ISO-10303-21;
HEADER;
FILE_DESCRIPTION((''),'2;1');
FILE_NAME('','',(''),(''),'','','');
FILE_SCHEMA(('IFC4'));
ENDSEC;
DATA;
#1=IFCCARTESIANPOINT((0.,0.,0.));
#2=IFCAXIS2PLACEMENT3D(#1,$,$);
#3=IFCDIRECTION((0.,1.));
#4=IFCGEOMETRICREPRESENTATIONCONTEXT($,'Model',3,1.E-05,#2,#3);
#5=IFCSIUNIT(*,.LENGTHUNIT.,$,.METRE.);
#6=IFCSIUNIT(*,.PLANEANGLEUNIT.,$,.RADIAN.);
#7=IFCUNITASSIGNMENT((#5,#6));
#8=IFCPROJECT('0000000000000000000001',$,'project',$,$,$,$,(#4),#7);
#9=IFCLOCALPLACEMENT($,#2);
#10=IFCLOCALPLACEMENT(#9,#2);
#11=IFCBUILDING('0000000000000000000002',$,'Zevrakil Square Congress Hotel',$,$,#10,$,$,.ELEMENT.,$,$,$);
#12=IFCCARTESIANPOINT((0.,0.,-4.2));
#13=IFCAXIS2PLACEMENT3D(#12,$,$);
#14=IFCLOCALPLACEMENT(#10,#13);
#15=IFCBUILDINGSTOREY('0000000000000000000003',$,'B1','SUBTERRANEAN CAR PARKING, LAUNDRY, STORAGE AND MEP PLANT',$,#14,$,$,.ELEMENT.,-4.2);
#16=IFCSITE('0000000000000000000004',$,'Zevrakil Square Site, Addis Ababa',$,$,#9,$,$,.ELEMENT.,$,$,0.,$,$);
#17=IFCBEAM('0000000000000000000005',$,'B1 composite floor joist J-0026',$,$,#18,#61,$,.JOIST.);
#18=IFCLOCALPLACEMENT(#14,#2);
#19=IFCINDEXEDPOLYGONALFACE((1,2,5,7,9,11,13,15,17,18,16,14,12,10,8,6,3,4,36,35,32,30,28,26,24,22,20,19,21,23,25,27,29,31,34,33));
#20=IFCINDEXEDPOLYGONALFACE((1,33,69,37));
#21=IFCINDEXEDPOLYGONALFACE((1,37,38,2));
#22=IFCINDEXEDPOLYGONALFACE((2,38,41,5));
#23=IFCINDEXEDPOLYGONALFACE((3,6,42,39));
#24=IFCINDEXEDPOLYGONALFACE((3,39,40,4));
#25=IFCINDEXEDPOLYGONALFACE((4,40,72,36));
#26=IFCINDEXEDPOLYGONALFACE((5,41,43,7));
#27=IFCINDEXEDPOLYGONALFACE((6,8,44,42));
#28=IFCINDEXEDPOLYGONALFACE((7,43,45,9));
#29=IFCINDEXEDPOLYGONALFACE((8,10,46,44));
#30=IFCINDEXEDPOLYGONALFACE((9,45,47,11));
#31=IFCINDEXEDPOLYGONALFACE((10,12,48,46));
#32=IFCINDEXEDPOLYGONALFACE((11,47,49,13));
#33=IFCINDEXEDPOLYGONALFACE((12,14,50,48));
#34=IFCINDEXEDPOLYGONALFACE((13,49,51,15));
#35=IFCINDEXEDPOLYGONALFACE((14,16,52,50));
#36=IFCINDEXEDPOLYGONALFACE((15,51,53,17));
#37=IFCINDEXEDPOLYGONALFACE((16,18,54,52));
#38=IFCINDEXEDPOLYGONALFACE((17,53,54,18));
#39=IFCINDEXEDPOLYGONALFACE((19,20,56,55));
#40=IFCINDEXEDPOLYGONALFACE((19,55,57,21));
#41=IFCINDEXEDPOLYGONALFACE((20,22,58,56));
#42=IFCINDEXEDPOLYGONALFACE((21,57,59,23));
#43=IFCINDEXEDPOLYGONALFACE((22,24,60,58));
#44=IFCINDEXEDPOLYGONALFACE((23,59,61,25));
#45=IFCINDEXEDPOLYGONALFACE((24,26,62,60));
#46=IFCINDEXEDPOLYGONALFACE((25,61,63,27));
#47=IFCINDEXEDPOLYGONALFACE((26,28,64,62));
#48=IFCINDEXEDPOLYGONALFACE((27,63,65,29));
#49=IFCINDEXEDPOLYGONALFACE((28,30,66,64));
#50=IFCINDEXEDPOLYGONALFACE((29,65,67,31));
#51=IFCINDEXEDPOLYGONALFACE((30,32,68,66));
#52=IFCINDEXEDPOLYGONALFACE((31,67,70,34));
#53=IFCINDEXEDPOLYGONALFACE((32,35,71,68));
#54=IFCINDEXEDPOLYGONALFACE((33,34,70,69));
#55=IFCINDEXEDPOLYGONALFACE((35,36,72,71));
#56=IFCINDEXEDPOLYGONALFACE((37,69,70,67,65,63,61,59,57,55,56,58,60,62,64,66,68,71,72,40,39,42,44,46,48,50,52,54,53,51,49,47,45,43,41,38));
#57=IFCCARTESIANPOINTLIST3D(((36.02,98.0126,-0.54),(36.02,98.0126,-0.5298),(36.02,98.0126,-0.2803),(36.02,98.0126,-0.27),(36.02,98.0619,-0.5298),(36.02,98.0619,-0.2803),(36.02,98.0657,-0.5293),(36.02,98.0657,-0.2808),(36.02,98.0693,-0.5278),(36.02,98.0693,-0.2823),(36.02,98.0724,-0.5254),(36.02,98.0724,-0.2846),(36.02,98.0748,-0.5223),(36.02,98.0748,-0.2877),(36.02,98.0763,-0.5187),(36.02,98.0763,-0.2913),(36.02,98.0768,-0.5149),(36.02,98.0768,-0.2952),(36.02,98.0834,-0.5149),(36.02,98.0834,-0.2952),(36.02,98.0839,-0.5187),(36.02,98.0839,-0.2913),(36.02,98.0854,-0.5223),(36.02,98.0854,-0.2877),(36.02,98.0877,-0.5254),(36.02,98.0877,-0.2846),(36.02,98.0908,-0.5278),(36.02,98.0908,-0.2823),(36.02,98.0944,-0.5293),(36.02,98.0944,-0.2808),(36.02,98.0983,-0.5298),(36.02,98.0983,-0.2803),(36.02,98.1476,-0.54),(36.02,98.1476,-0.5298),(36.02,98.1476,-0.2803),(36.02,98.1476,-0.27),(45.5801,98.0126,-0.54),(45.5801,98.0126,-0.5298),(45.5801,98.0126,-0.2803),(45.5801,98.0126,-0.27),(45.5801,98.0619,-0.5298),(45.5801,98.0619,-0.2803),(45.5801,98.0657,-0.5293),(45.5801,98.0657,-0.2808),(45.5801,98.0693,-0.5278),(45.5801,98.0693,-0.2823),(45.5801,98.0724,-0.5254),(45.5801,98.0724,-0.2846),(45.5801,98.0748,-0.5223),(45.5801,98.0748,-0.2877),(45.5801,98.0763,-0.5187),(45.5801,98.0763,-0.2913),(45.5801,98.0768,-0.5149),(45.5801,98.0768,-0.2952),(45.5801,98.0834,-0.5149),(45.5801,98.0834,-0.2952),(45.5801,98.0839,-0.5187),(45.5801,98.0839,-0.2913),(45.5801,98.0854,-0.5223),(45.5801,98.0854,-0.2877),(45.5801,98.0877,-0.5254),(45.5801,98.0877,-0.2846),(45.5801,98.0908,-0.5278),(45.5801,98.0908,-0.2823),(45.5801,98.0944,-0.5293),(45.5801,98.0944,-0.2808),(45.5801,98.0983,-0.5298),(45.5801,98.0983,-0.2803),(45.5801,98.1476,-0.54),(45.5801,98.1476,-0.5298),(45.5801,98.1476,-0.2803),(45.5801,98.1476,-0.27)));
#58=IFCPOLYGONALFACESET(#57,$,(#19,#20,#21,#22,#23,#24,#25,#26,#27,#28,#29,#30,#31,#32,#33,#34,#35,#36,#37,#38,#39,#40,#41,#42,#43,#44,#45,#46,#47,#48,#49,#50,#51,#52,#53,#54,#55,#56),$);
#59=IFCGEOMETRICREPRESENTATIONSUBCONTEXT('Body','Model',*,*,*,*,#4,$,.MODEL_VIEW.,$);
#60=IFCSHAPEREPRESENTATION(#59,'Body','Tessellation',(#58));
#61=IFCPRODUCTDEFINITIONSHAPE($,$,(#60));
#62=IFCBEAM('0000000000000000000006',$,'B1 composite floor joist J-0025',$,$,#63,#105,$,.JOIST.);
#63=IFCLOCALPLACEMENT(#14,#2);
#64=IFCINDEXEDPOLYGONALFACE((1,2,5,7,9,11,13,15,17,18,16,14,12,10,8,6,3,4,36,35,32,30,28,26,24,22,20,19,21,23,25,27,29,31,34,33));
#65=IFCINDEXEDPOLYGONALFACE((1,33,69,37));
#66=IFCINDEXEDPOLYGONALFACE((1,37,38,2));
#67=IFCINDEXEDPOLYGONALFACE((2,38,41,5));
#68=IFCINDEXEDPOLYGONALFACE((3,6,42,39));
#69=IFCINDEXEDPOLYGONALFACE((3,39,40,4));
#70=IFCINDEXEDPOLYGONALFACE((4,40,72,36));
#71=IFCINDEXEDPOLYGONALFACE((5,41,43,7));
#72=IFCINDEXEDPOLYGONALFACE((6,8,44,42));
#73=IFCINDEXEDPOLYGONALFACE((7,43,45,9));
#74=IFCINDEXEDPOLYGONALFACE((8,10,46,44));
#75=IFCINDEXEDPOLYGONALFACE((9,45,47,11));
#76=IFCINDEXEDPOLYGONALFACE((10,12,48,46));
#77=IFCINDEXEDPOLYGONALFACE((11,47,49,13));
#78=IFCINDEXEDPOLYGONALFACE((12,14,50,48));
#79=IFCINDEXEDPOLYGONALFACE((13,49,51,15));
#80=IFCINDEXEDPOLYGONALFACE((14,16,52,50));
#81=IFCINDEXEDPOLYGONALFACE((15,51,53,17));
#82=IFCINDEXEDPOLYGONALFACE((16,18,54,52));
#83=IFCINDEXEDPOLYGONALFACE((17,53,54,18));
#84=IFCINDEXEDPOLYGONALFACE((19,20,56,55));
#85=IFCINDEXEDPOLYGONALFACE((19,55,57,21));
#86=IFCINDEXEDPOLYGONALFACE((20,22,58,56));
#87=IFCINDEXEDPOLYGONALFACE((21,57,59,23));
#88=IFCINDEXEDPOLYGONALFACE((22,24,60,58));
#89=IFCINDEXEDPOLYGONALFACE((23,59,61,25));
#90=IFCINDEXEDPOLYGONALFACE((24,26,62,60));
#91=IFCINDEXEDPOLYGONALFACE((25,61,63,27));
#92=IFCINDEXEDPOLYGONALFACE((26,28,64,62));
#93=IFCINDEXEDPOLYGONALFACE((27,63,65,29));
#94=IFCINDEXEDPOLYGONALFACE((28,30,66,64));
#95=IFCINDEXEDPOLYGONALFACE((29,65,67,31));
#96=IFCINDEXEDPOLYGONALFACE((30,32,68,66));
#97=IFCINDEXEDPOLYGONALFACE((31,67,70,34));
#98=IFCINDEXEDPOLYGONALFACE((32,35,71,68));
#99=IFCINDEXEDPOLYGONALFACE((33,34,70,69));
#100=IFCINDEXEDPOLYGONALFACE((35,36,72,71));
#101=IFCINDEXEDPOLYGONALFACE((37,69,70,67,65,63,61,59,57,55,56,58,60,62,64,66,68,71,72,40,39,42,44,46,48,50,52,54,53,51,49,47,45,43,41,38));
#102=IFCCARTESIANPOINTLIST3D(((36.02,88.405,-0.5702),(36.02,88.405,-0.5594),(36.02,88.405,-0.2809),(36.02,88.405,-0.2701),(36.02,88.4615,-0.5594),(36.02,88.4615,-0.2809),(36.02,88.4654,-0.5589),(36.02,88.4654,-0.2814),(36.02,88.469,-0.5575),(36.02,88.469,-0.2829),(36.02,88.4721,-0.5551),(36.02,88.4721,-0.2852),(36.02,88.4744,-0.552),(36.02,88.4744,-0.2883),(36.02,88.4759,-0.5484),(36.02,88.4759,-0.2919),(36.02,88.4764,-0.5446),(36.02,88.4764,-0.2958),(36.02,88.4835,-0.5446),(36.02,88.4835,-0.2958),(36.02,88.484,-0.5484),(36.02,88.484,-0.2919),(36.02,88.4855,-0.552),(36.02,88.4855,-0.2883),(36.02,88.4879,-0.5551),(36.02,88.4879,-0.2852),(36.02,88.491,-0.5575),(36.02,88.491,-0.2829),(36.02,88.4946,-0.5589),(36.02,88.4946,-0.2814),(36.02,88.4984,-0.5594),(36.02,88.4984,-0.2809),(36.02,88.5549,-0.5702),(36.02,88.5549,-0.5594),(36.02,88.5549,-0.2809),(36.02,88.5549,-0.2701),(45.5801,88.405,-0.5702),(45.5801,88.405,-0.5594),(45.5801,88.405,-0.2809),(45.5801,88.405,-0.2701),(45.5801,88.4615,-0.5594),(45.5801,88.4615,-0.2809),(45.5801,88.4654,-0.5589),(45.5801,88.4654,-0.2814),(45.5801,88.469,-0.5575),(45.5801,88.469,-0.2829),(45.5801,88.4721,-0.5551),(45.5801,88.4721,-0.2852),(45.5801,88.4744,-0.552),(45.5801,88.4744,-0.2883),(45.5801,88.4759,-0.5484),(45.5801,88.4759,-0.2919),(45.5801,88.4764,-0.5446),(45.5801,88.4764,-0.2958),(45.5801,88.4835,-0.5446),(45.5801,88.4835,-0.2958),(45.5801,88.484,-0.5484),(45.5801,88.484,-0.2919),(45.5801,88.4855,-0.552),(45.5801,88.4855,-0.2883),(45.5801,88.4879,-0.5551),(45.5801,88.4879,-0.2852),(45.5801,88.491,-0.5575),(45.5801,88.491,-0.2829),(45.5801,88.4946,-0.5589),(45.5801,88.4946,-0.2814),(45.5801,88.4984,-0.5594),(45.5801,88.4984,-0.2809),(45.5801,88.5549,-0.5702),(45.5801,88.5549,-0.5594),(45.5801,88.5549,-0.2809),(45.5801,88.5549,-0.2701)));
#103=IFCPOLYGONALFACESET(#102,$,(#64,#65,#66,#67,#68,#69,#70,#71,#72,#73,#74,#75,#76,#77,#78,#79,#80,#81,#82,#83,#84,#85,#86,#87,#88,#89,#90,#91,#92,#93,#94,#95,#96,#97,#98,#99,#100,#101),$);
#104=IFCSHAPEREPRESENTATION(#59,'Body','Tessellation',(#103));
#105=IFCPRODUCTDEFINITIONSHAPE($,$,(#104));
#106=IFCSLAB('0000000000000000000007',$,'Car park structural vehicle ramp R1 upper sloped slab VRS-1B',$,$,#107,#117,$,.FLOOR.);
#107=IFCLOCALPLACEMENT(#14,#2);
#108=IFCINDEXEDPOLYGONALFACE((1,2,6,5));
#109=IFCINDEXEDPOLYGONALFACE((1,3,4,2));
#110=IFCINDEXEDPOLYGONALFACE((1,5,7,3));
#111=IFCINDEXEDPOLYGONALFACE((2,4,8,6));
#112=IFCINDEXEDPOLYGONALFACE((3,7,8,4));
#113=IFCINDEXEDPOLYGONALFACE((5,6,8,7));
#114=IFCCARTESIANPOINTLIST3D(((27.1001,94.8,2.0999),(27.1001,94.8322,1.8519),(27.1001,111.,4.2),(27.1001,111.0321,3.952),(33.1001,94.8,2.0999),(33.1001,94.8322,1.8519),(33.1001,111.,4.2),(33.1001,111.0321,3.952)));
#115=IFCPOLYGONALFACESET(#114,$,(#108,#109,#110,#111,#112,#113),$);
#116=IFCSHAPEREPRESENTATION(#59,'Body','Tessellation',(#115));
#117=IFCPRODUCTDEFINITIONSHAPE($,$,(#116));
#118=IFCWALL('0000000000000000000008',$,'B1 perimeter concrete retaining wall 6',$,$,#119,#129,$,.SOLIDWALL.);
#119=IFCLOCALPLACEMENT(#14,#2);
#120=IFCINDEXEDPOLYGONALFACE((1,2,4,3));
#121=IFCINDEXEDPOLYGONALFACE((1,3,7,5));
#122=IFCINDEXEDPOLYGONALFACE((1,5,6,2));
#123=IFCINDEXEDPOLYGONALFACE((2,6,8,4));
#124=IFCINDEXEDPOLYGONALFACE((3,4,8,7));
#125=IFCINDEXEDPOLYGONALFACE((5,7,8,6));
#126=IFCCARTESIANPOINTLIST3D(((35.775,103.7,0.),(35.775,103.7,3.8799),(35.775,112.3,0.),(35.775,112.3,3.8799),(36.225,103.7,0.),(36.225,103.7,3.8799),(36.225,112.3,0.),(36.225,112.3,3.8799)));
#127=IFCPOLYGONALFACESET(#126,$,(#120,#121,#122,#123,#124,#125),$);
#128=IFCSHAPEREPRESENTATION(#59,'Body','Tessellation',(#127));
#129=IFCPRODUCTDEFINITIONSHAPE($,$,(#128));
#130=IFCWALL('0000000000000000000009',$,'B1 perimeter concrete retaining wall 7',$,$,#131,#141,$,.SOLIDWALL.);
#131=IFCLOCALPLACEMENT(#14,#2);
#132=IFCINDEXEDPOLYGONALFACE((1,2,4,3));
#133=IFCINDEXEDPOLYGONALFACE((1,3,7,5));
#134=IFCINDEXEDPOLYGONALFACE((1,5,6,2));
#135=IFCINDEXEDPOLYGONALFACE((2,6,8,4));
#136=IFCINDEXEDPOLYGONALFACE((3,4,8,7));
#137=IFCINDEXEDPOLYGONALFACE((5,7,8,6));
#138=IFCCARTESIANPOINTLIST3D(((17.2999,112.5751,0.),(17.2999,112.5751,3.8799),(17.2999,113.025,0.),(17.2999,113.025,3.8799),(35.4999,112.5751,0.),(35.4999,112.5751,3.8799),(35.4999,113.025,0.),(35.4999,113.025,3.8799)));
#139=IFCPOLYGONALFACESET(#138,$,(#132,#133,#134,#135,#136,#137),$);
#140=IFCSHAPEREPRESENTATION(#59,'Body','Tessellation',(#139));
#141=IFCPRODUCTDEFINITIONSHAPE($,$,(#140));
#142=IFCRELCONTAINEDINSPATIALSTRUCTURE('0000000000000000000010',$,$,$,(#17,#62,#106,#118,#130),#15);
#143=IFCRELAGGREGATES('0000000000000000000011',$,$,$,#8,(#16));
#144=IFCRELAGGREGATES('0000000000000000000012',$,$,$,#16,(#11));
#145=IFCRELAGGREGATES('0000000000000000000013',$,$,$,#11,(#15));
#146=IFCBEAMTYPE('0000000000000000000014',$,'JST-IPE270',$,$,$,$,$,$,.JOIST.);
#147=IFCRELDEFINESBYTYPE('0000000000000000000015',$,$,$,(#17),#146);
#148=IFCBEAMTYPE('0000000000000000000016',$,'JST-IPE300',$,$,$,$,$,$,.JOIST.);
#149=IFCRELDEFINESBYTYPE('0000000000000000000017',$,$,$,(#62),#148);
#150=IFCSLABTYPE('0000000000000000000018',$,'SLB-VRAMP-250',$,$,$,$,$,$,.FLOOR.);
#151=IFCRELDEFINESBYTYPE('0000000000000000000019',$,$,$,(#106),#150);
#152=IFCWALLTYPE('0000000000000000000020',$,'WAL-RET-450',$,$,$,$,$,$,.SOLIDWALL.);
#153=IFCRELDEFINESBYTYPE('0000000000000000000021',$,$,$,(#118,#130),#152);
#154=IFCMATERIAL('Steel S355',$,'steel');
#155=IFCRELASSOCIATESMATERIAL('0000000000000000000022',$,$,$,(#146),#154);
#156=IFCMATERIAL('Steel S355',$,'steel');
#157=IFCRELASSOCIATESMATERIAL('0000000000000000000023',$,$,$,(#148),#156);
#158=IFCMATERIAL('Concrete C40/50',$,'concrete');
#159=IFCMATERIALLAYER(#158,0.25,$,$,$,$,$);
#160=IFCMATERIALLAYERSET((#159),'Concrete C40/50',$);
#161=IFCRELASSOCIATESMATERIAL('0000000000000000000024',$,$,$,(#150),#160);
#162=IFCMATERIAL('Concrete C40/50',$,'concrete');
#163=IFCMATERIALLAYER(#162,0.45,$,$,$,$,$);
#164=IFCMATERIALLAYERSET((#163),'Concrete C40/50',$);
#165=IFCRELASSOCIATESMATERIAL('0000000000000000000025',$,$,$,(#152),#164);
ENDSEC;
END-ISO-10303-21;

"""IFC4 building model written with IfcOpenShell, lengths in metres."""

from ifc_helpers import new_model, si_unit, direction, frame, frame_2d, origin, origin_2d, place, context, subcontext, project, spatial, polyline, rectangle, i_section, outline, extrude, material, layer, layer_set, material_profile, profile_set, type_object, element, save


model = new_model("IFC4")

# Units and contexts
model_context = context("Model", 3, precision=1e-05, world=origin(), true_north=direction((0.0, 1.0)))
body_context = subcontext(model_context, "Body", "Model", "MODEL_VIEW")
ifc_project = project(units=[si_unit("LENGTHUNIT", "METRE"), si_unit("PLANEANGLEUNIT", "RADIAN")], contexts=[model_context])

# Site, building, storey
site_placement = place(None, origin())
site = spatial("IfcSite", under=ifc_project, at=site_placement, Name="Zevrakil Square Site, Addis Ababa", CompositionType="ELEMENT", RefElevation=0.0)
building_placement = place(site_placement, origin())
building = spatial("IfcBuilding", under=site, at=building_placement, Name="Zevrakil Square Congress Hotel", CompositionType="ELEMENT")
storey_placement = place(building_placement, frame((0.0, 0.0, -4.2)))
storey = spatial("IfcBuildingStorey", under=building, at=storey_placement, Name="B1", Description="SUBTERRANEAN CAR PARKING, LAUNDRY, STORAGE AND MEP PLANT", CompositionType="ELEMENT", Elevation=-4.2)

# Beams
ifc_material_1 = material(Name="Steel S355", Category="steel")
ifc_material_profile_1 = material_profile(ifc_material_1, i_section(OverallWidth=0.135, OverallDepth=0.27, WebThickness=0.0066, FlangeThickness=0.0103, FilletRadius=0.0149, at=origin_2d()), Name="IPE 270")
ifc_profile_set_1 = profile_set([ifc_material_profile_1], Name="Steel S355")
beam_type_1 = type_object("IfcBeamType", Name="JST-IPE270", PredefinedType="JOIST", material=ifc_profile_set_1)
beam_1_placement = place(storey_placement, frame((36.02, 98.0801, -0.405), z_axis=(1.0, 0.0, 0.0), x_axis=(0.0, 1.0, 0.0)))
element("IfcBeam", 1, at=beam_1_placement, inside=storey, type_object=beam_type_1, Name="B1 composite floor joist J-0026", PredefinedType="JOIST", context=body_context, shape_type="SweptSolid", body=[
    extrude(i_section(OverallWidth=0.135, OverallDepth=0.27, WebThickness=0.0066, FlangeThickness=0.0103, FilletRadius=0.0149, at=origin_2d()), origin(), (0.0, 0.0, 1.0), 9.5601),
])
ifc_material_2 = material(Name="Steel S355", Category="steel")
ifc_material_profile_2 = material_profile(ifc_material_2, i_section(OverallWidth=0.1499, OverallDepth=0.3, WebThickness=0.0071, FlangeThickness=0.0107, FilletRadius=0.0149, at=origin_2d()), Name="IPE 300")
ifc_profile_set_2 = profile_set([ifc_material_profile_2], Name="Steel S355")
beam_type_2 = type_object("IfcBeamType", Name="JST-IPE300", PredefinedType="JOIST", material=ifc_profile_set_2)
beam_2_placement = place(storey_placement, frame((36.02, 88.48, -0.4202), z_axis=(1.0, 0.0, 0.0), x_axis=(0.0, 1.0, 0.0)))
element("IfcBeam", 2, at=beam_2_placement, inside=storey, type_object=beam_type_2, Name="B1 composite floor joist J-0025", PredefinedType="JOIST", context=body_context, shape_type="SweptSolid", body=[
    extrude(i_section(OverallWidth=0.1499, OverallDepth=0.3, WebThickness=0.0071, FlangeThickness=0.0107, FilletRadius=0.0149, at=origin_2d()), origin(), (0.0, 0.0, 1.0), 9.5601),
])

# Slab
ifc_material_3 = material(Name="Concrete C40/50", Category="concrete")
ifc_layer_1 = layer(ifc_material_3, 0.25)
ifc_layer_set_1 = layer_set([ifc_layer_1], Name="Concrete C40/50")
slab_type = type_object("IfcSlabType", Name="SLB-VRAMP-250", PredefinedType="FLOOR", material=ifc_layer_set_1)
slab_placement = place(storey_placement, frame((27.1001, 94.8, 2.0999), z_axis=(0.0, -0.12856, 0.991702), x_axis=(1.0, 0.0, 0.0)))
element("IfcSlab", 3, at=slab_placement, inside=storey, type_object=slab_type, Name="Car park structural vehicle ramp R1 upper sloped slab VRS-1B", PredefinedType="FLOOR", context=body_context, shape_type="SweptSolid", body=[
    extrude(outline(polyline([(0.0, 0.0), (6.0, 0.0), (6.0, 16.3355), (0.0, 16.3355), (0.0, 0.0)])), origin(), (0.0, 0.0, -1.0), 0.25),
])

# Walls
ifc_material_4 = material(Name="Concrete C40/50", Category="concrete")
ifc_layer_2 = layer(ifc_material_4, 0.45)
ifc_layer_set_2 = layer_set([ifc_layer_2], Name="Concrete C40/50")
wall_type = type_object("IfcWallType", Name="WAL-RET-450", PredefinedType="SOLIDWALL", material=ifc_layer_set_2)
wall_1_placement = place(storey_placement, frame((36.0, 103.7, 0.0), z_axis=(0.0, 0.0, 1.0), x_axis=(0.0, 1.0, 0.0)))
element("IfcWall", 4, at=wall_1_placement, inside=storey, type_object=wall_type, Name="B1 perimeter concrete retaining wall 6", PredefinedType="SOLIDWALL", context=body_context, shape_type="SweptSolid", body=[
    extrude(rectangle(XDim=8.6001, YDim=0.45, at=frame_2d((4.3, 0.0))), origin(), (0.0, 0.0, 1.0), 3.8799),
])
wall_2_placement = place(storey_placement, frame((35.5, 112.8, 0.0), z_axis=(0.0, 0.0, 1.0), x_axis=(-1.0, 0.0, 0.0)))
element("IfcWall", 5, at=wall_2_placement, inside=storey, type_object=wall_type, Name="B1 perimeter concrete retaining wall 7", PredefinedType="SOLIDWALL", context=body_context, shape_type="SweptSolid", body=[
    extrude(rectangle(XDim=18.2, YDim=0.45, at=frame_2d((9.1001, 0.0))), origin(), (0.0, 0.0, 1.0), 3.8799),
])

save(model, "model.ifc")
